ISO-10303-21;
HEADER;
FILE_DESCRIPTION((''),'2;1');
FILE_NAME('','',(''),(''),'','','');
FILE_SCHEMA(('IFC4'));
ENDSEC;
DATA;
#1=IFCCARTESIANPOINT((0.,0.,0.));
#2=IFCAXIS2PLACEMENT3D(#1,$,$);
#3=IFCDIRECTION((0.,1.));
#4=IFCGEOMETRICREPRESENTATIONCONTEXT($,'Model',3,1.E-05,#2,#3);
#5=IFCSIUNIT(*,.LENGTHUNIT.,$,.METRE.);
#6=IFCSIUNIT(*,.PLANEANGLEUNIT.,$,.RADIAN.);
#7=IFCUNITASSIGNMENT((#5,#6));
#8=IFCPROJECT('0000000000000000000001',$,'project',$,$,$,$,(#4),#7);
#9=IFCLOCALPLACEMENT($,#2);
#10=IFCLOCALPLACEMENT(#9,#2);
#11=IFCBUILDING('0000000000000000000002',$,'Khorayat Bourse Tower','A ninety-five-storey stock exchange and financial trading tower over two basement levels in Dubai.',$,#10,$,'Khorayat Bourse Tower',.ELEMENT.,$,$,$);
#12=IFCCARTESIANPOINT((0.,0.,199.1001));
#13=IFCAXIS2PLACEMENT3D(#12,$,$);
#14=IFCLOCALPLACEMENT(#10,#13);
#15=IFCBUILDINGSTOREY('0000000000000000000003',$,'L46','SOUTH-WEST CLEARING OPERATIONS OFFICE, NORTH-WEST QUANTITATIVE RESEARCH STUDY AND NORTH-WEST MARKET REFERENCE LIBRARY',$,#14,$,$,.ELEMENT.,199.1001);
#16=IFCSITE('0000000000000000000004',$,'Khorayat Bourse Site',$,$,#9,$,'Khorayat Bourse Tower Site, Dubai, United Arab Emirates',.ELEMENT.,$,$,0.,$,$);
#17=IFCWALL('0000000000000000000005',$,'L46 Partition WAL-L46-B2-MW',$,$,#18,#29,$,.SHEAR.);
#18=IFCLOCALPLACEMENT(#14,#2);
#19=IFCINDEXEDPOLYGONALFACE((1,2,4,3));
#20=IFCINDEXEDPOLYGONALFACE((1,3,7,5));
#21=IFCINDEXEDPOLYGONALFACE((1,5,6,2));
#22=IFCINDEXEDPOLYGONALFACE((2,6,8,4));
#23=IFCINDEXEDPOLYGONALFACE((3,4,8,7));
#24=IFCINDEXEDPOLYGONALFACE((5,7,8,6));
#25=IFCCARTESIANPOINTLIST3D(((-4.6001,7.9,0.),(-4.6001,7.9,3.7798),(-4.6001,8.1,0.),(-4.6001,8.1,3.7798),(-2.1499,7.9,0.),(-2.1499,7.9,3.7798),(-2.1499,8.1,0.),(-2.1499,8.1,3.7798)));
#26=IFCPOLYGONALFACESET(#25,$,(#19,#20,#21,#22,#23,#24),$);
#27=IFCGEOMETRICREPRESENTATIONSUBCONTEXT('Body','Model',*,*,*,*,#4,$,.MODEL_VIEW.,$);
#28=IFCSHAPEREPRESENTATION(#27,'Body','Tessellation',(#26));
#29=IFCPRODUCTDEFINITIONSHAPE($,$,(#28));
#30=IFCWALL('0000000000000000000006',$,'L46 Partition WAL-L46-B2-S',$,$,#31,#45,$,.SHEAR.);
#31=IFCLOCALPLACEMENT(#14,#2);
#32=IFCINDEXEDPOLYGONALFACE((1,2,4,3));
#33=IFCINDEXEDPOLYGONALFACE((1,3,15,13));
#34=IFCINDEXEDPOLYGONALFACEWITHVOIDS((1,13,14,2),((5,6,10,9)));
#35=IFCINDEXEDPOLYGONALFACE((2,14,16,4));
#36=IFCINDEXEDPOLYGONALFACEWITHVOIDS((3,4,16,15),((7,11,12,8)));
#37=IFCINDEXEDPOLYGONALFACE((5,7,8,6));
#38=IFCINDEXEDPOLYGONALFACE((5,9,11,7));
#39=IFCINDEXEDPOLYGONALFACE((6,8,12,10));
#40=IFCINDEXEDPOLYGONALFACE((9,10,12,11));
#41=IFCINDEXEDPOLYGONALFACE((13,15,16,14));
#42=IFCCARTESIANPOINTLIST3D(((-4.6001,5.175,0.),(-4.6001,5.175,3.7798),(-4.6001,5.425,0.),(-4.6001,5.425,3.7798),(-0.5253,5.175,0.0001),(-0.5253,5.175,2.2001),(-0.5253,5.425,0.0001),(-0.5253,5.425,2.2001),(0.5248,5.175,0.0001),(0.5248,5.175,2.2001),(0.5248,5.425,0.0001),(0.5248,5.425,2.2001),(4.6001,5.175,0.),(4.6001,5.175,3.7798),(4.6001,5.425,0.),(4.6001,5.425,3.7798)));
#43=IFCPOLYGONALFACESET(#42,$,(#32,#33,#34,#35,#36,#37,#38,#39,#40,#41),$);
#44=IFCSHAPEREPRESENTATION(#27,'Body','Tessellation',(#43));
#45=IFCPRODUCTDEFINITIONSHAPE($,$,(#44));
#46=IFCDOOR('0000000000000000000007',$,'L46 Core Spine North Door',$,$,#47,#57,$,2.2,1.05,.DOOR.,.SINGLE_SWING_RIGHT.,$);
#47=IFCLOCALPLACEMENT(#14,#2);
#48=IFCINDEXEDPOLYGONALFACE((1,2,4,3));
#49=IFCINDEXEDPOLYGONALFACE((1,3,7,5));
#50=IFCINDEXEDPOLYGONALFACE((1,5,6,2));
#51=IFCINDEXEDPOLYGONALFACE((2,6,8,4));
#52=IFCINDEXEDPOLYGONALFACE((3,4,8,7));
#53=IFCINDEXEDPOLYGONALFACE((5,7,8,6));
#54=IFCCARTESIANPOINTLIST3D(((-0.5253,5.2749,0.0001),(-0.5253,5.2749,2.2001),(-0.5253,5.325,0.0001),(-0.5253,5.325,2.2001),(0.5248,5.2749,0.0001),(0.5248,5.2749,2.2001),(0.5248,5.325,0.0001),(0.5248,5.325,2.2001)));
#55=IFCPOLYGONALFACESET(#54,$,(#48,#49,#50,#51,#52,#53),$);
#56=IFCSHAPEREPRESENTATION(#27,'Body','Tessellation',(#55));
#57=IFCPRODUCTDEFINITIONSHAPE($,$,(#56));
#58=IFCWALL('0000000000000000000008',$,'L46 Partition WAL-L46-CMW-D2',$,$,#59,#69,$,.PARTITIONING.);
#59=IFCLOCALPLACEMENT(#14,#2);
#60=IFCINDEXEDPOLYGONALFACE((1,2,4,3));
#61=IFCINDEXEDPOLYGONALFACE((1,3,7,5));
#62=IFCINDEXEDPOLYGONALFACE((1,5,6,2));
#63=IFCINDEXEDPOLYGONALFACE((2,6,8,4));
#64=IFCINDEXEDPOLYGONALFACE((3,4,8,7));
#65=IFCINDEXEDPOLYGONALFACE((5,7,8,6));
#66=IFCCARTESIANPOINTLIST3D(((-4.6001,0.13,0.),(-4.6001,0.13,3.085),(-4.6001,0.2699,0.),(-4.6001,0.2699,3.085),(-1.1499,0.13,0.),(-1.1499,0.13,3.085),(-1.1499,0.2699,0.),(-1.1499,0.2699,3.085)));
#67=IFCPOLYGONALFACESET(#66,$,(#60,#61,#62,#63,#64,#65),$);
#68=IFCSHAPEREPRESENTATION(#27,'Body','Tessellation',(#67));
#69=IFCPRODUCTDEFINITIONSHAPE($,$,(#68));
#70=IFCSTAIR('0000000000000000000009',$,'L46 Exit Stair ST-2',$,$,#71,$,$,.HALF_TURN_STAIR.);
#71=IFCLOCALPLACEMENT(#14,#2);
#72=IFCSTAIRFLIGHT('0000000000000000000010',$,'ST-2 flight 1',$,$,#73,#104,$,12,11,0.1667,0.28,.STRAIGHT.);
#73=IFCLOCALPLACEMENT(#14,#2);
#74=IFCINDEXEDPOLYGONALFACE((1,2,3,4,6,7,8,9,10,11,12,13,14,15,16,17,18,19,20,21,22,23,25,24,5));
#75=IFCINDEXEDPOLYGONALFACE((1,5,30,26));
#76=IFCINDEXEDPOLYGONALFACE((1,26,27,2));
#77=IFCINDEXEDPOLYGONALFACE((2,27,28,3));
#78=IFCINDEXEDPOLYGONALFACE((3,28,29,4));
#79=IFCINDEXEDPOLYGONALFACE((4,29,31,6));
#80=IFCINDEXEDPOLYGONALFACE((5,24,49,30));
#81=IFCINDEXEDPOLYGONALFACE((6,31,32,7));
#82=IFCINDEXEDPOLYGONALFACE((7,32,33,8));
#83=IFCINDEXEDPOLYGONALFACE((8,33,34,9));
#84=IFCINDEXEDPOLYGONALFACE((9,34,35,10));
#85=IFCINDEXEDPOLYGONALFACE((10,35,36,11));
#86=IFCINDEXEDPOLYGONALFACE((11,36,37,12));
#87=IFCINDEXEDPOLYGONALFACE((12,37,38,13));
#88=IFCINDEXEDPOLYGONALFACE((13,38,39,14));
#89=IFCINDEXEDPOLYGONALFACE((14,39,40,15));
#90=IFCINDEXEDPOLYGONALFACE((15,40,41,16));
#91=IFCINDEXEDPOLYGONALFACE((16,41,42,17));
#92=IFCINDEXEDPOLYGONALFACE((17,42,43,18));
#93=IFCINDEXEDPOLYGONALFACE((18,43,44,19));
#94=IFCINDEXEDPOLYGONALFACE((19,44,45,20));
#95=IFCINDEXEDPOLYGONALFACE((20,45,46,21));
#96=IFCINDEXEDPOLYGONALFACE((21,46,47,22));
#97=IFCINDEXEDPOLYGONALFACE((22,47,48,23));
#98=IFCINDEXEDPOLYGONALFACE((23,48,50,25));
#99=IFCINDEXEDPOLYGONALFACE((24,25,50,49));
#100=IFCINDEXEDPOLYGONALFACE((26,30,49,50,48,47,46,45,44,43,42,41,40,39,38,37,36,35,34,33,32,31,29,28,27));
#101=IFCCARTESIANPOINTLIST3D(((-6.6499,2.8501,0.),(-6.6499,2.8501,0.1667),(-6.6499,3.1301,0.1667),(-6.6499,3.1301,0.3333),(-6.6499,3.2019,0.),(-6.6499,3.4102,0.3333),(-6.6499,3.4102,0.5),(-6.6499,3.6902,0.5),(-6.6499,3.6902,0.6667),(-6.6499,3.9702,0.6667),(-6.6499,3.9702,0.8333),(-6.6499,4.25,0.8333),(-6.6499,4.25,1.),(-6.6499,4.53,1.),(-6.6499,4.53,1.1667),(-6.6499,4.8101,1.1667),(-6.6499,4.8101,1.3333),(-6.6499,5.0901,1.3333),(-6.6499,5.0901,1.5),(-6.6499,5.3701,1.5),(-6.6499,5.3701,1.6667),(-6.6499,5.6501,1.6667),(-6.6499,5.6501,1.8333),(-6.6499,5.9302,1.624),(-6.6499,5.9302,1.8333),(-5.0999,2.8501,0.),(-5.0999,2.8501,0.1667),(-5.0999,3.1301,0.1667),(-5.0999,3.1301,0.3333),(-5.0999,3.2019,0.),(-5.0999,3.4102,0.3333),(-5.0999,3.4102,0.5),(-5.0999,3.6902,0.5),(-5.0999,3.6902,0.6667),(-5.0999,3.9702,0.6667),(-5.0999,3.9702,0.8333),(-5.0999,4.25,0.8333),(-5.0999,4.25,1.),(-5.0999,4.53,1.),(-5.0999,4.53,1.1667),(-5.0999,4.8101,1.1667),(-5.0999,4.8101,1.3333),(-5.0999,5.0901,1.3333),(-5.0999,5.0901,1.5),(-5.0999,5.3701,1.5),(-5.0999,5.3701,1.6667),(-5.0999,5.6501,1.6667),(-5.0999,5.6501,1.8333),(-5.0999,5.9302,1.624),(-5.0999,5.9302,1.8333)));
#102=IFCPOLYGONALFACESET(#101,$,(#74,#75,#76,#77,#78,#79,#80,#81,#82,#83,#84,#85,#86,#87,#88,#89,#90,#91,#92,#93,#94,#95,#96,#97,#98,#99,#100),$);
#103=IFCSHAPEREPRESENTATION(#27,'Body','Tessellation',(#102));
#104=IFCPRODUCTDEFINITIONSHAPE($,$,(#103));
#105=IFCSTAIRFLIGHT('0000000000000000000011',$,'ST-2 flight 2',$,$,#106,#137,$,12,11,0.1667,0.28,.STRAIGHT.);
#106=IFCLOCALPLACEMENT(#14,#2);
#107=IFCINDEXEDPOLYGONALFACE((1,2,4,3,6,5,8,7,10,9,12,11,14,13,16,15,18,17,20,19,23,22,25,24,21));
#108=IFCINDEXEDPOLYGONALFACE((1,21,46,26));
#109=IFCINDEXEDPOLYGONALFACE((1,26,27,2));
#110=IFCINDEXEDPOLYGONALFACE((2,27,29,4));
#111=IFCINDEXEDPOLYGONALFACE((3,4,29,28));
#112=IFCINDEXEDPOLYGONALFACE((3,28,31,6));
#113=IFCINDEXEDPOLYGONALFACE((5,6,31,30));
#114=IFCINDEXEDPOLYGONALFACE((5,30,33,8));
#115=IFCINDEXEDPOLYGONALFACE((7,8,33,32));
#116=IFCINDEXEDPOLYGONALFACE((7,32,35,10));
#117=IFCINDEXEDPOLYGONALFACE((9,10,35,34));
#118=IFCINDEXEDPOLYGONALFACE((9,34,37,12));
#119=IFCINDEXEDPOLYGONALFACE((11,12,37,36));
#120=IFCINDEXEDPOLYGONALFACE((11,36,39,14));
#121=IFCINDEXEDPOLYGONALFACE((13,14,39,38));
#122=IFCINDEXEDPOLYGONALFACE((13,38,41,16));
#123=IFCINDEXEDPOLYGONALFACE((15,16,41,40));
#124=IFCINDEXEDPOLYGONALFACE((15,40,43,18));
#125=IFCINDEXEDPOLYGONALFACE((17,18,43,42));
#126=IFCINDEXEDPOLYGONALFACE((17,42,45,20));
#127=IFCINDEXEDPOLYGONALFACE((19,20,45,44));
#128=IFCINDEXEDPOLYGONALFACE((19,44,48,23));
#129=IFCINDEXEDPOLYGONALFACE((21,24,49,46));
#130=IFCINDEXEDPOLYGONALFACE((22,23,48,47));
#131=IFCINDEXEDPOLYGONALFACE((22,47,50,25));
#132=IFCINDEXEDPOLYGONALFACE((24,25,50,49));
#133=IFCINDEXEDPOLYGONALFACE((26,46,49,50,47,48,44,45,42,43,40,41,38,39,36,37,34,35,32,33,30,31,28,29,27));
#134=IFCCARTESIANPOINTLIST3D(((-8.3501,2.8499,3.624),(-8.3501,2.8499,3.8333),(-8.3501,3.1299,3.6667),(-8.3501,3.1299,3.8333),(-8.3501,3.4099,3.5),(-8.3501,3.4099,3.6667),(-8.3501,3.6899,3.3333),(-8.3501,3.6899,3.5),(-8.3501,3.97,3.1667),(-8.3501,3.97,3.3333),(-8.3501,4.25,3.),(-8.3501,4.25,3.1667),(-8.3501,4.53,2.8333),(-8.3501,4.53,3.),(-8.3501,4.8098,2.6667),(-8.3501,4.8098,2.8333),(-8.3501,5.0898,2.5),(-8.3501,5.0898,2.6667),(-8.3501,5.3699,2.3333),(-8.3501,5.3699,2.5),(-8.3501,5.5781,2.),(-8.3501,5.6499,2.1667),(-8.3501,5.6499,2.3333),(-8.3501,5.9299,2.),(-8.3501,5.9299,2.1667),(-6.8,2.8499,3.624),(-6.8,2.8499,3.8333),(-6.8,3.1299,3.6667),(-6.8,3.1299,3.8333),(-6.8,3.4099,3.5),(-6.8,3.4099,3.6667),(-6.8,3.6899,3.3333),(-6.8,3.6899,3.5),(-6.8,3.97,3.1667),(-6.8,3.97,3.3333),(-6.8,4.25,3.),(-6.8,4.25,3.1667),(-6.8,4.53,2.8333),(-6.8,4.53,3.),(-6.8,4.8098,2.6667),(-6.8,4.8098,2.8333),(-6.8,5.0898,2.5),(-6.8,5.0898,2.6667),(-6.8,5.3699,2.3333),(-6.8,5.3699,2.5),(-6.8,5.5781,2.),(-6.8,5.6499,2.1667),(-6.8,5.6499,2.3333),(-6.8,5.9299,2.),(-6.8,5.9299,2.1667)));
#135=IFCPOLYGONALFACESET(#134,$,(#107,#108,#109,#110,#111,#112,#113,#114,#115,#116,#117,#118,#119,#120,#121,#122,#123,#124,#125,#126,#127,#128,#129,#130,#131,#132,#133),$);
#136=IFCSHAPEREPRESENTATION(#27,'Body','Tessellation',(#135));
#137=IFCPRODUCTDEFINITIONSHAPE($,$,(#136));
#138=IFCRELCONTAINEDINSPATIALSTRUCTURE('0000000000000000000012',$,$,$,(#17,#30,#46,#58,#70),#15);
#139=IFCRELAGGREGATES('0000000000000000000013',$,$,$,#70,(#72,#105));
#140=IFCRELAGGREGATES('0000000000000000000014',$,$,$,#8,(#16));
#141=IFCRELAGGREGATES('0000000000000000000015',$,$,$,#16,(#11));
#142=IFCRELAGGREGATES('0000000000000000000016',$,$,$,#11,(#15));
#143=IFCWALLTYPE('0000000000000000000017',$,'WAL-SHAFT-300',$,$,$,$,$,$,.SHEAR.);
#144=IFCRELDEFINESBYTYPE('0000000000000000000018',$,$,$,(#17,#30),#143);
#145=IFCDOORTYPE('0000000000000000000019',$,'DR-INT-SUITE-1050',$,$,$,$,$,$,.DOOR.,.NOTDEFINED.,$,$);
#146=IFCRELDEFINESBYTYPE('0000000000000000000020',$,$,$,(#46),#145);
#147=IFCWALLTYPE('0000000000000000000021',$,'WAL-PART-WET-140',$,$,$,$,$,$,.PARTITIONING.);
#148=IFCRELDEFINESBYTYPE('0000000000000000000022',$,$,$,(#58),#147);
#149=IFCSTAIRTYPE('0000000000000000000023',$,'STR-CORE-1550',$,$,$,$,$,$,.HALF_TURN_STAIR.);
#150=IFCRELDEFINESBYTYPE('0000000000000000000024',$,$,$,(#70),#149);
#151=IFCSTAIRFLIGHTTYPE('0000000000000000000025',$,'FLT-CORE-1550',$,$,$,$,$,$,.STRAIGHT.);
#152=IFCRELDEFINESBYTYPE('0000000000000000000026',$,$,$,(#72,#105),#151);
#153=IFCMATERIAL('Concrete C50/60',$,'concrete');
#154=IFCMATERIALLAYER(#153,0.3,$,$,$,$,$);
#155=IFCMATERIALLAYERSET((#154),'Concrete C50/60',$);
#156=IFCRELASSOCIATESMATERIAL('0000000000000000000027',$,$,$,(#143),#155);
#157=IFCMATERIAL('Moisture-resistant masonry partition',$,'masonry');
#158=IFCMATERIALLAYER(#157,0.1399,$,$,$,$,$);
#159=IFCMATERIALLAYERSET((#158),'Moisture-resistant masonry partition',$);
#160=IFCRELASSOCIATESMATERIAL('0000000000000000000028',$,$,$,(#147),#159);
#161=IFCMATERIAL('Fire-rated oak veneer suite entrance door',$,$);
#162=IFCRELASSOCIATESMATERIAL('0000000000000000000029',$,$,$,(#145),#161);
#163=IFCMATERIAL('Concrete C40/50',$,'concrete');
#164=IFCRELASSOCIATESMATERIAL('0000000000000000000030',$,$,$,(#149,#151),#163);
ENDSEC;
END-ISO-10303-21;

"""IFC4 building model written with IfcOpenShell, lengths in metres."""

from ifc_helpers import new_model, si_unit, direction, frame, frame_2d, origin, place, context, subcontext, project, spatial, polyline, rectangle, outline, extrude, source, transform, mapped, material, layer, layer_set, type_object, element, fill, aggregate, save


model = new_model("IFC4")

# Units and contexts
model_context = context("Model", 3, precision=1e-05, world=origin(), true_north=direction((0.0, 1.0)))
body_context = subcontext(model_context, "Body", "Model", "MODEL_VIEW")
ifc_project = project(units=[si_unit("LENGTHUNIT", "METRE"), si_unit("PLANEANGLEUNIT", "RADIAN")], contexts=[model_context])

# Site, building, storey
site_placement = place(None, origin())
site = spatial("IfcSite", under=ifc_project, at=site_placement, Name="Khorayat Bourse Site", LongName="Khorayat Bourse Tower Site, Dubai, United Arab Emirates", CompositionType="ELEMENT", RefElevation=0.0)
building_placement = place(site_placement, origin())
building = spatial("IfcBuilding", under=site, at=building_placement, Name="Khorayat Bourse Tower", Description="A ninety-five-storey stock exchange and financial trading tower over two basement levels in Dubai.", LongName="Khorayat Bourse Tower", CompositionType="ELEMENT")
storey_placement = place(building_placement, frame((0.0, 0.0, 199.1001)))
storey = spatial("IfcBuildingStorey", under=building, at=storey_placement, Name="L46", Description="SOUTH-WEST CLEARING OPERATIONS OFFICE, NORTH-WEST QUANTITATIVE RESEARCH STUDY AND NORTH-WEST MARKET REFERENCE LIBRARY", CompositionType="ELEMENT", Elevation=199.1001)

# Shared definitions
ifc_material_1 = material(Name="Concrete C50/60", Category="concrete")
ifc_layer_1 = layer(ifc_material_1, 0.3)
ifc_layer_set_1 = layer_set([ifc_layer_1], Name="Concrete C50/60")
wall_type_1 = type_object("IfcWallType", Name="WAL-SHAFT-300", PredefinedType="SHEAR", material=ifc_layer_set_1)
ifc_material_2 = material(Name="Moisture-resistant masonry partition", Category="masonry")
ifc_layer_2 = layer(ifc_material_2, 0.1399)
ifc_layer_set_2 = layer_set([ifc_layer_2], Name="Moisture-resistant masonry partition")
wall_type_2 = type_object("IfcWallType", Name="WAL-PART-WET-140", PredefinedType="PARTITIONING", material=ifc_layer_set_2)

# Wall
shared_shape_1 = source(origin(), body_context, "Body", "SweptSolid", [
    extrude(rectangle(XDim=2.4502, YDim=0.2, at=frame_2d((1.2251, 0.0))), origin(), (0.0, 0.0, 1.0), 3.7798),
])
wall_1_placement = place(storey_placement, frame((-4.6001, 8.0, 0.0), z_axis=(0.0, 0.0, 1.0), x_axis=(1.0, 0.0, 0.0)))
element("IfcWall", 1, at=wall_1_placement, inside=storey, type_object=wall_type_1, Name="L46 Partition WAL-L46-B2-MW", PredefinedType="SHEAR", context=body_context, shape_type="MappedRepresentation", body=[
    mapped(shared_shape_1, transform((0.0, 0.0, 0.0), scale=1.0)),
])

# Wall, opening, door
shared_shape_2 = source(origin(), body_context, "Body", "SweptSolid", [
    extrude(rectangle(XDim=9.2002, YDim=0.25, at=frame_2d((4.6001, 0.0))), origin(), (0.0, 0.0, 1.0), 3.7798),
])
wall_2_placement = place(storey_placement, frame((-4.6001, 5.3, 0.0), z_axis=(0.0, 0.0, 1.0), x_axis=(1.0, 0.0, 0.0)))
wall_2 = element("IfcWall", 2, at=wall_2_placement, inside=storey, type_object=wall_type_1, Name="L46 Partition WAL-L46-B2-S", PredefinedType="SHEAR", context=body_context, shape_type="MappedRepresentation", body=[
    mapped(shared_shape_2, transform((0.0, 0.0, 0.0), scale=1.0)),
])
shared_shape_3 = source(origin(), body_context, "Body", "SweptSolid", [
    extrude(rectangle(XDim=1.05, YDim=2.2, at=frame_2d((0.5249, 1.1001))), frame((0.0, 0.135, 0.0), z_axis=(0.0, -1.0, 0.0), x_axis=(1.0, 0.0, 0.0)), (0.0, 0.0, 1.0), 0.27),
])
opening_1_placement = place(wall_2_placement, frame((4.075, 0.0, 0.0)))
opening_1 = element("IfcOpeningElement", 3, at=opening_1_placement, cuts=wall_2, PredefinedType="OPENING", context=body_context, shape_type="MappedRepresentation", body=[
    mapped(shared_shape_3, transform((0.0, 0.0, 0.0), scale=1.0)),
])
ifc_material_3 = material(Name="Fire-rated oak veneer suite entrance door")
door_type_1 = type_object("IfcDoorType", Name="DR-INT-SUITE-1050", OperationType="NOTDEFINED", PredefinedType="DOOR", material=ifc_material_3)
shared_shape_4 = source(origin(), body_context, "Body", "SweptSolid", [
    extrude(rectangle(XDim=1.05, YDim=2.2, at=frame_2d((0.5249, 1.1001))), frame((0.0, 0.0249, 0.0), z_axis=(0.0, -1.0, 0.0), x_axis=(1.0, 0.0, 0.0)), (0.0, 0.0, 1.0), 0.05),
])
door_1_placement = place(opening_1_placement, origin())
door_1 = element("IfcDoor", 4, at=door_1_placement, inside=storey, type_object=door_type_1, Name="L46 Core Spine North Door", OperationType="SINGLE_SWING_RIGHT", OverallHeight=2.2, OverallWidth=1.05, PredefinedType="DOOR", context=body_context, shape_type="MappedRepresentation", body=[
    mapped(shared_shape_4, transform((0.0, 0.0, 0.0), scale=1.0)),
])
fill(opening_1, door_1)

# Wall
shared_shape_5 = source(origin(), body_context, "Body", "SweptSolid", [
    extrude(rectangle(XDim=3.4502, YDim=0.1399, at=frame_2d((1.7251, 0.0))), origin(), (0.0, 0.0, 1.0), 3.085),
])
wall_3_placement = place(storey_placement, frame((-4.6001, 0.2, 0.0), z_axis=(0.0, 0.0, 1.0), x_axis=(1.0, 0.0, 0.0)))
element("IfcWall", 5, at=wall_3_placement, inside=storey, type_object=wall_type_2, Name="L46 Partition WAL-L46-CMW-D2", PredefinedType="PARTITIONING", context=body_context, shape_type="MappedRepresentation", body=[
    mapped(shared_shape_5, transform((0.0, 0.0, 0.0), scale=1.0)),
])

# Stair, stair flights
ifc_material_4 = material(Name="Concrete C40/50", Category="concrete")
stair_type = type_object("IfcStairType", Name="STR-CORE-1550", PredefinedType="HALF_TURN_STAIR", material=ifc_material_4)
stair_placement = place(storey_placement, origin())
stair = element("IfcStair", 6, at=stair_placement, inside=storey, type_object=stair_type, Name="L46 Exit Stair ST-2", PredefinedType="HALF_TURN_STAIR")
stair_flight_type = type_object("IfcStairFlightType", Name="FLT-CORE-1550", PredefinedType="STRAIGHT", material=ifc_material_4)
shared_shape_6 = source(origin(), body_context, "Body", "SweptSolid", [
    extrude(outline(polyline([(0.0, 0.0), (0.0, 0.1667), (0.28, 0.1667), (0.28, 0.3333), (0.5601, 0.3333), (0.5601, 0.5), (0.8401, 0.5), (0.8401, 0.6667), (1.1201, 0.6667), (1.1201, 0.8333), (1.3999, 0.8333), (1.3999, 1.0), (1.6799, 1.0), (1.6799, 1.1667), (1.96, 1.1667), (1.96, 1.3333), (2.24, 1.3333), (2.24, 1.5), (2.52, 1.5), (2.52, 1.6667), (2.8, 1.6667), (2.8, 1.8333), (3.0801, 1.8333), (3.0801, 2.0), (3.0801, 1.624), (0.3518, 0.0), (0.0, 0.0)])), frame((0.0, 0.7749, 0.0), z_axis=(0.0, -1.0, 0.0), x_axis=(1.0, 0.0, 0.0)), (0.0, 0.0, 1.0), 1.55),
])
stair_flight_1_placement = place(storey_placement, frame((-5.875, 2.8501, 0.0), z_axis=(0.0, 0.0, 1.0), x_axis=(0.0, 1.0, 0.0)))
stair_flight_1 = element("IfcStairFlight", 7, at=stair_flight_1_placement, type_object=stair_flight_type, Name="ST-2 flight 1", NumberOfRisers=12, NumberOfTreads=11, PredefinedType="STRAIGHT", RiserHeight=0.1667, TreadLength=0.28, context=body_context, shape_type="MappedRepresentation", body=[
    mapped(shared_shape_6, transform((0.0, 0.0, 0.0), scale=1.0)),
])
stair_flight_2_placement = place(storey_placement, frame((-7.575, 5.9299, 2.0), z_axis=(0.0, 0.0, 1.0), x_axis=(0.0, -1.0, 0.0)))
stair_flight_2 = element("IfcStairFlight", 8, at=stair_flight_2_placement, type_object=stair_flight_type, Name="ST-2 flight 2", NumberOfRisers=12, NumberOfTreads=11, PredefinedType="STRAIGHT", RiserHeight=0.1667, TreadLength=0.28, context=body_context, shape_type="MappedRepresentation", body=[
    mapped(shared_shape_6, transform((0.0, 0.0, 0.0), scale=1.0)),
])
aggregate(stair, [stair_flight_1, stair_flight_2])

save(model, "model.ifc")
